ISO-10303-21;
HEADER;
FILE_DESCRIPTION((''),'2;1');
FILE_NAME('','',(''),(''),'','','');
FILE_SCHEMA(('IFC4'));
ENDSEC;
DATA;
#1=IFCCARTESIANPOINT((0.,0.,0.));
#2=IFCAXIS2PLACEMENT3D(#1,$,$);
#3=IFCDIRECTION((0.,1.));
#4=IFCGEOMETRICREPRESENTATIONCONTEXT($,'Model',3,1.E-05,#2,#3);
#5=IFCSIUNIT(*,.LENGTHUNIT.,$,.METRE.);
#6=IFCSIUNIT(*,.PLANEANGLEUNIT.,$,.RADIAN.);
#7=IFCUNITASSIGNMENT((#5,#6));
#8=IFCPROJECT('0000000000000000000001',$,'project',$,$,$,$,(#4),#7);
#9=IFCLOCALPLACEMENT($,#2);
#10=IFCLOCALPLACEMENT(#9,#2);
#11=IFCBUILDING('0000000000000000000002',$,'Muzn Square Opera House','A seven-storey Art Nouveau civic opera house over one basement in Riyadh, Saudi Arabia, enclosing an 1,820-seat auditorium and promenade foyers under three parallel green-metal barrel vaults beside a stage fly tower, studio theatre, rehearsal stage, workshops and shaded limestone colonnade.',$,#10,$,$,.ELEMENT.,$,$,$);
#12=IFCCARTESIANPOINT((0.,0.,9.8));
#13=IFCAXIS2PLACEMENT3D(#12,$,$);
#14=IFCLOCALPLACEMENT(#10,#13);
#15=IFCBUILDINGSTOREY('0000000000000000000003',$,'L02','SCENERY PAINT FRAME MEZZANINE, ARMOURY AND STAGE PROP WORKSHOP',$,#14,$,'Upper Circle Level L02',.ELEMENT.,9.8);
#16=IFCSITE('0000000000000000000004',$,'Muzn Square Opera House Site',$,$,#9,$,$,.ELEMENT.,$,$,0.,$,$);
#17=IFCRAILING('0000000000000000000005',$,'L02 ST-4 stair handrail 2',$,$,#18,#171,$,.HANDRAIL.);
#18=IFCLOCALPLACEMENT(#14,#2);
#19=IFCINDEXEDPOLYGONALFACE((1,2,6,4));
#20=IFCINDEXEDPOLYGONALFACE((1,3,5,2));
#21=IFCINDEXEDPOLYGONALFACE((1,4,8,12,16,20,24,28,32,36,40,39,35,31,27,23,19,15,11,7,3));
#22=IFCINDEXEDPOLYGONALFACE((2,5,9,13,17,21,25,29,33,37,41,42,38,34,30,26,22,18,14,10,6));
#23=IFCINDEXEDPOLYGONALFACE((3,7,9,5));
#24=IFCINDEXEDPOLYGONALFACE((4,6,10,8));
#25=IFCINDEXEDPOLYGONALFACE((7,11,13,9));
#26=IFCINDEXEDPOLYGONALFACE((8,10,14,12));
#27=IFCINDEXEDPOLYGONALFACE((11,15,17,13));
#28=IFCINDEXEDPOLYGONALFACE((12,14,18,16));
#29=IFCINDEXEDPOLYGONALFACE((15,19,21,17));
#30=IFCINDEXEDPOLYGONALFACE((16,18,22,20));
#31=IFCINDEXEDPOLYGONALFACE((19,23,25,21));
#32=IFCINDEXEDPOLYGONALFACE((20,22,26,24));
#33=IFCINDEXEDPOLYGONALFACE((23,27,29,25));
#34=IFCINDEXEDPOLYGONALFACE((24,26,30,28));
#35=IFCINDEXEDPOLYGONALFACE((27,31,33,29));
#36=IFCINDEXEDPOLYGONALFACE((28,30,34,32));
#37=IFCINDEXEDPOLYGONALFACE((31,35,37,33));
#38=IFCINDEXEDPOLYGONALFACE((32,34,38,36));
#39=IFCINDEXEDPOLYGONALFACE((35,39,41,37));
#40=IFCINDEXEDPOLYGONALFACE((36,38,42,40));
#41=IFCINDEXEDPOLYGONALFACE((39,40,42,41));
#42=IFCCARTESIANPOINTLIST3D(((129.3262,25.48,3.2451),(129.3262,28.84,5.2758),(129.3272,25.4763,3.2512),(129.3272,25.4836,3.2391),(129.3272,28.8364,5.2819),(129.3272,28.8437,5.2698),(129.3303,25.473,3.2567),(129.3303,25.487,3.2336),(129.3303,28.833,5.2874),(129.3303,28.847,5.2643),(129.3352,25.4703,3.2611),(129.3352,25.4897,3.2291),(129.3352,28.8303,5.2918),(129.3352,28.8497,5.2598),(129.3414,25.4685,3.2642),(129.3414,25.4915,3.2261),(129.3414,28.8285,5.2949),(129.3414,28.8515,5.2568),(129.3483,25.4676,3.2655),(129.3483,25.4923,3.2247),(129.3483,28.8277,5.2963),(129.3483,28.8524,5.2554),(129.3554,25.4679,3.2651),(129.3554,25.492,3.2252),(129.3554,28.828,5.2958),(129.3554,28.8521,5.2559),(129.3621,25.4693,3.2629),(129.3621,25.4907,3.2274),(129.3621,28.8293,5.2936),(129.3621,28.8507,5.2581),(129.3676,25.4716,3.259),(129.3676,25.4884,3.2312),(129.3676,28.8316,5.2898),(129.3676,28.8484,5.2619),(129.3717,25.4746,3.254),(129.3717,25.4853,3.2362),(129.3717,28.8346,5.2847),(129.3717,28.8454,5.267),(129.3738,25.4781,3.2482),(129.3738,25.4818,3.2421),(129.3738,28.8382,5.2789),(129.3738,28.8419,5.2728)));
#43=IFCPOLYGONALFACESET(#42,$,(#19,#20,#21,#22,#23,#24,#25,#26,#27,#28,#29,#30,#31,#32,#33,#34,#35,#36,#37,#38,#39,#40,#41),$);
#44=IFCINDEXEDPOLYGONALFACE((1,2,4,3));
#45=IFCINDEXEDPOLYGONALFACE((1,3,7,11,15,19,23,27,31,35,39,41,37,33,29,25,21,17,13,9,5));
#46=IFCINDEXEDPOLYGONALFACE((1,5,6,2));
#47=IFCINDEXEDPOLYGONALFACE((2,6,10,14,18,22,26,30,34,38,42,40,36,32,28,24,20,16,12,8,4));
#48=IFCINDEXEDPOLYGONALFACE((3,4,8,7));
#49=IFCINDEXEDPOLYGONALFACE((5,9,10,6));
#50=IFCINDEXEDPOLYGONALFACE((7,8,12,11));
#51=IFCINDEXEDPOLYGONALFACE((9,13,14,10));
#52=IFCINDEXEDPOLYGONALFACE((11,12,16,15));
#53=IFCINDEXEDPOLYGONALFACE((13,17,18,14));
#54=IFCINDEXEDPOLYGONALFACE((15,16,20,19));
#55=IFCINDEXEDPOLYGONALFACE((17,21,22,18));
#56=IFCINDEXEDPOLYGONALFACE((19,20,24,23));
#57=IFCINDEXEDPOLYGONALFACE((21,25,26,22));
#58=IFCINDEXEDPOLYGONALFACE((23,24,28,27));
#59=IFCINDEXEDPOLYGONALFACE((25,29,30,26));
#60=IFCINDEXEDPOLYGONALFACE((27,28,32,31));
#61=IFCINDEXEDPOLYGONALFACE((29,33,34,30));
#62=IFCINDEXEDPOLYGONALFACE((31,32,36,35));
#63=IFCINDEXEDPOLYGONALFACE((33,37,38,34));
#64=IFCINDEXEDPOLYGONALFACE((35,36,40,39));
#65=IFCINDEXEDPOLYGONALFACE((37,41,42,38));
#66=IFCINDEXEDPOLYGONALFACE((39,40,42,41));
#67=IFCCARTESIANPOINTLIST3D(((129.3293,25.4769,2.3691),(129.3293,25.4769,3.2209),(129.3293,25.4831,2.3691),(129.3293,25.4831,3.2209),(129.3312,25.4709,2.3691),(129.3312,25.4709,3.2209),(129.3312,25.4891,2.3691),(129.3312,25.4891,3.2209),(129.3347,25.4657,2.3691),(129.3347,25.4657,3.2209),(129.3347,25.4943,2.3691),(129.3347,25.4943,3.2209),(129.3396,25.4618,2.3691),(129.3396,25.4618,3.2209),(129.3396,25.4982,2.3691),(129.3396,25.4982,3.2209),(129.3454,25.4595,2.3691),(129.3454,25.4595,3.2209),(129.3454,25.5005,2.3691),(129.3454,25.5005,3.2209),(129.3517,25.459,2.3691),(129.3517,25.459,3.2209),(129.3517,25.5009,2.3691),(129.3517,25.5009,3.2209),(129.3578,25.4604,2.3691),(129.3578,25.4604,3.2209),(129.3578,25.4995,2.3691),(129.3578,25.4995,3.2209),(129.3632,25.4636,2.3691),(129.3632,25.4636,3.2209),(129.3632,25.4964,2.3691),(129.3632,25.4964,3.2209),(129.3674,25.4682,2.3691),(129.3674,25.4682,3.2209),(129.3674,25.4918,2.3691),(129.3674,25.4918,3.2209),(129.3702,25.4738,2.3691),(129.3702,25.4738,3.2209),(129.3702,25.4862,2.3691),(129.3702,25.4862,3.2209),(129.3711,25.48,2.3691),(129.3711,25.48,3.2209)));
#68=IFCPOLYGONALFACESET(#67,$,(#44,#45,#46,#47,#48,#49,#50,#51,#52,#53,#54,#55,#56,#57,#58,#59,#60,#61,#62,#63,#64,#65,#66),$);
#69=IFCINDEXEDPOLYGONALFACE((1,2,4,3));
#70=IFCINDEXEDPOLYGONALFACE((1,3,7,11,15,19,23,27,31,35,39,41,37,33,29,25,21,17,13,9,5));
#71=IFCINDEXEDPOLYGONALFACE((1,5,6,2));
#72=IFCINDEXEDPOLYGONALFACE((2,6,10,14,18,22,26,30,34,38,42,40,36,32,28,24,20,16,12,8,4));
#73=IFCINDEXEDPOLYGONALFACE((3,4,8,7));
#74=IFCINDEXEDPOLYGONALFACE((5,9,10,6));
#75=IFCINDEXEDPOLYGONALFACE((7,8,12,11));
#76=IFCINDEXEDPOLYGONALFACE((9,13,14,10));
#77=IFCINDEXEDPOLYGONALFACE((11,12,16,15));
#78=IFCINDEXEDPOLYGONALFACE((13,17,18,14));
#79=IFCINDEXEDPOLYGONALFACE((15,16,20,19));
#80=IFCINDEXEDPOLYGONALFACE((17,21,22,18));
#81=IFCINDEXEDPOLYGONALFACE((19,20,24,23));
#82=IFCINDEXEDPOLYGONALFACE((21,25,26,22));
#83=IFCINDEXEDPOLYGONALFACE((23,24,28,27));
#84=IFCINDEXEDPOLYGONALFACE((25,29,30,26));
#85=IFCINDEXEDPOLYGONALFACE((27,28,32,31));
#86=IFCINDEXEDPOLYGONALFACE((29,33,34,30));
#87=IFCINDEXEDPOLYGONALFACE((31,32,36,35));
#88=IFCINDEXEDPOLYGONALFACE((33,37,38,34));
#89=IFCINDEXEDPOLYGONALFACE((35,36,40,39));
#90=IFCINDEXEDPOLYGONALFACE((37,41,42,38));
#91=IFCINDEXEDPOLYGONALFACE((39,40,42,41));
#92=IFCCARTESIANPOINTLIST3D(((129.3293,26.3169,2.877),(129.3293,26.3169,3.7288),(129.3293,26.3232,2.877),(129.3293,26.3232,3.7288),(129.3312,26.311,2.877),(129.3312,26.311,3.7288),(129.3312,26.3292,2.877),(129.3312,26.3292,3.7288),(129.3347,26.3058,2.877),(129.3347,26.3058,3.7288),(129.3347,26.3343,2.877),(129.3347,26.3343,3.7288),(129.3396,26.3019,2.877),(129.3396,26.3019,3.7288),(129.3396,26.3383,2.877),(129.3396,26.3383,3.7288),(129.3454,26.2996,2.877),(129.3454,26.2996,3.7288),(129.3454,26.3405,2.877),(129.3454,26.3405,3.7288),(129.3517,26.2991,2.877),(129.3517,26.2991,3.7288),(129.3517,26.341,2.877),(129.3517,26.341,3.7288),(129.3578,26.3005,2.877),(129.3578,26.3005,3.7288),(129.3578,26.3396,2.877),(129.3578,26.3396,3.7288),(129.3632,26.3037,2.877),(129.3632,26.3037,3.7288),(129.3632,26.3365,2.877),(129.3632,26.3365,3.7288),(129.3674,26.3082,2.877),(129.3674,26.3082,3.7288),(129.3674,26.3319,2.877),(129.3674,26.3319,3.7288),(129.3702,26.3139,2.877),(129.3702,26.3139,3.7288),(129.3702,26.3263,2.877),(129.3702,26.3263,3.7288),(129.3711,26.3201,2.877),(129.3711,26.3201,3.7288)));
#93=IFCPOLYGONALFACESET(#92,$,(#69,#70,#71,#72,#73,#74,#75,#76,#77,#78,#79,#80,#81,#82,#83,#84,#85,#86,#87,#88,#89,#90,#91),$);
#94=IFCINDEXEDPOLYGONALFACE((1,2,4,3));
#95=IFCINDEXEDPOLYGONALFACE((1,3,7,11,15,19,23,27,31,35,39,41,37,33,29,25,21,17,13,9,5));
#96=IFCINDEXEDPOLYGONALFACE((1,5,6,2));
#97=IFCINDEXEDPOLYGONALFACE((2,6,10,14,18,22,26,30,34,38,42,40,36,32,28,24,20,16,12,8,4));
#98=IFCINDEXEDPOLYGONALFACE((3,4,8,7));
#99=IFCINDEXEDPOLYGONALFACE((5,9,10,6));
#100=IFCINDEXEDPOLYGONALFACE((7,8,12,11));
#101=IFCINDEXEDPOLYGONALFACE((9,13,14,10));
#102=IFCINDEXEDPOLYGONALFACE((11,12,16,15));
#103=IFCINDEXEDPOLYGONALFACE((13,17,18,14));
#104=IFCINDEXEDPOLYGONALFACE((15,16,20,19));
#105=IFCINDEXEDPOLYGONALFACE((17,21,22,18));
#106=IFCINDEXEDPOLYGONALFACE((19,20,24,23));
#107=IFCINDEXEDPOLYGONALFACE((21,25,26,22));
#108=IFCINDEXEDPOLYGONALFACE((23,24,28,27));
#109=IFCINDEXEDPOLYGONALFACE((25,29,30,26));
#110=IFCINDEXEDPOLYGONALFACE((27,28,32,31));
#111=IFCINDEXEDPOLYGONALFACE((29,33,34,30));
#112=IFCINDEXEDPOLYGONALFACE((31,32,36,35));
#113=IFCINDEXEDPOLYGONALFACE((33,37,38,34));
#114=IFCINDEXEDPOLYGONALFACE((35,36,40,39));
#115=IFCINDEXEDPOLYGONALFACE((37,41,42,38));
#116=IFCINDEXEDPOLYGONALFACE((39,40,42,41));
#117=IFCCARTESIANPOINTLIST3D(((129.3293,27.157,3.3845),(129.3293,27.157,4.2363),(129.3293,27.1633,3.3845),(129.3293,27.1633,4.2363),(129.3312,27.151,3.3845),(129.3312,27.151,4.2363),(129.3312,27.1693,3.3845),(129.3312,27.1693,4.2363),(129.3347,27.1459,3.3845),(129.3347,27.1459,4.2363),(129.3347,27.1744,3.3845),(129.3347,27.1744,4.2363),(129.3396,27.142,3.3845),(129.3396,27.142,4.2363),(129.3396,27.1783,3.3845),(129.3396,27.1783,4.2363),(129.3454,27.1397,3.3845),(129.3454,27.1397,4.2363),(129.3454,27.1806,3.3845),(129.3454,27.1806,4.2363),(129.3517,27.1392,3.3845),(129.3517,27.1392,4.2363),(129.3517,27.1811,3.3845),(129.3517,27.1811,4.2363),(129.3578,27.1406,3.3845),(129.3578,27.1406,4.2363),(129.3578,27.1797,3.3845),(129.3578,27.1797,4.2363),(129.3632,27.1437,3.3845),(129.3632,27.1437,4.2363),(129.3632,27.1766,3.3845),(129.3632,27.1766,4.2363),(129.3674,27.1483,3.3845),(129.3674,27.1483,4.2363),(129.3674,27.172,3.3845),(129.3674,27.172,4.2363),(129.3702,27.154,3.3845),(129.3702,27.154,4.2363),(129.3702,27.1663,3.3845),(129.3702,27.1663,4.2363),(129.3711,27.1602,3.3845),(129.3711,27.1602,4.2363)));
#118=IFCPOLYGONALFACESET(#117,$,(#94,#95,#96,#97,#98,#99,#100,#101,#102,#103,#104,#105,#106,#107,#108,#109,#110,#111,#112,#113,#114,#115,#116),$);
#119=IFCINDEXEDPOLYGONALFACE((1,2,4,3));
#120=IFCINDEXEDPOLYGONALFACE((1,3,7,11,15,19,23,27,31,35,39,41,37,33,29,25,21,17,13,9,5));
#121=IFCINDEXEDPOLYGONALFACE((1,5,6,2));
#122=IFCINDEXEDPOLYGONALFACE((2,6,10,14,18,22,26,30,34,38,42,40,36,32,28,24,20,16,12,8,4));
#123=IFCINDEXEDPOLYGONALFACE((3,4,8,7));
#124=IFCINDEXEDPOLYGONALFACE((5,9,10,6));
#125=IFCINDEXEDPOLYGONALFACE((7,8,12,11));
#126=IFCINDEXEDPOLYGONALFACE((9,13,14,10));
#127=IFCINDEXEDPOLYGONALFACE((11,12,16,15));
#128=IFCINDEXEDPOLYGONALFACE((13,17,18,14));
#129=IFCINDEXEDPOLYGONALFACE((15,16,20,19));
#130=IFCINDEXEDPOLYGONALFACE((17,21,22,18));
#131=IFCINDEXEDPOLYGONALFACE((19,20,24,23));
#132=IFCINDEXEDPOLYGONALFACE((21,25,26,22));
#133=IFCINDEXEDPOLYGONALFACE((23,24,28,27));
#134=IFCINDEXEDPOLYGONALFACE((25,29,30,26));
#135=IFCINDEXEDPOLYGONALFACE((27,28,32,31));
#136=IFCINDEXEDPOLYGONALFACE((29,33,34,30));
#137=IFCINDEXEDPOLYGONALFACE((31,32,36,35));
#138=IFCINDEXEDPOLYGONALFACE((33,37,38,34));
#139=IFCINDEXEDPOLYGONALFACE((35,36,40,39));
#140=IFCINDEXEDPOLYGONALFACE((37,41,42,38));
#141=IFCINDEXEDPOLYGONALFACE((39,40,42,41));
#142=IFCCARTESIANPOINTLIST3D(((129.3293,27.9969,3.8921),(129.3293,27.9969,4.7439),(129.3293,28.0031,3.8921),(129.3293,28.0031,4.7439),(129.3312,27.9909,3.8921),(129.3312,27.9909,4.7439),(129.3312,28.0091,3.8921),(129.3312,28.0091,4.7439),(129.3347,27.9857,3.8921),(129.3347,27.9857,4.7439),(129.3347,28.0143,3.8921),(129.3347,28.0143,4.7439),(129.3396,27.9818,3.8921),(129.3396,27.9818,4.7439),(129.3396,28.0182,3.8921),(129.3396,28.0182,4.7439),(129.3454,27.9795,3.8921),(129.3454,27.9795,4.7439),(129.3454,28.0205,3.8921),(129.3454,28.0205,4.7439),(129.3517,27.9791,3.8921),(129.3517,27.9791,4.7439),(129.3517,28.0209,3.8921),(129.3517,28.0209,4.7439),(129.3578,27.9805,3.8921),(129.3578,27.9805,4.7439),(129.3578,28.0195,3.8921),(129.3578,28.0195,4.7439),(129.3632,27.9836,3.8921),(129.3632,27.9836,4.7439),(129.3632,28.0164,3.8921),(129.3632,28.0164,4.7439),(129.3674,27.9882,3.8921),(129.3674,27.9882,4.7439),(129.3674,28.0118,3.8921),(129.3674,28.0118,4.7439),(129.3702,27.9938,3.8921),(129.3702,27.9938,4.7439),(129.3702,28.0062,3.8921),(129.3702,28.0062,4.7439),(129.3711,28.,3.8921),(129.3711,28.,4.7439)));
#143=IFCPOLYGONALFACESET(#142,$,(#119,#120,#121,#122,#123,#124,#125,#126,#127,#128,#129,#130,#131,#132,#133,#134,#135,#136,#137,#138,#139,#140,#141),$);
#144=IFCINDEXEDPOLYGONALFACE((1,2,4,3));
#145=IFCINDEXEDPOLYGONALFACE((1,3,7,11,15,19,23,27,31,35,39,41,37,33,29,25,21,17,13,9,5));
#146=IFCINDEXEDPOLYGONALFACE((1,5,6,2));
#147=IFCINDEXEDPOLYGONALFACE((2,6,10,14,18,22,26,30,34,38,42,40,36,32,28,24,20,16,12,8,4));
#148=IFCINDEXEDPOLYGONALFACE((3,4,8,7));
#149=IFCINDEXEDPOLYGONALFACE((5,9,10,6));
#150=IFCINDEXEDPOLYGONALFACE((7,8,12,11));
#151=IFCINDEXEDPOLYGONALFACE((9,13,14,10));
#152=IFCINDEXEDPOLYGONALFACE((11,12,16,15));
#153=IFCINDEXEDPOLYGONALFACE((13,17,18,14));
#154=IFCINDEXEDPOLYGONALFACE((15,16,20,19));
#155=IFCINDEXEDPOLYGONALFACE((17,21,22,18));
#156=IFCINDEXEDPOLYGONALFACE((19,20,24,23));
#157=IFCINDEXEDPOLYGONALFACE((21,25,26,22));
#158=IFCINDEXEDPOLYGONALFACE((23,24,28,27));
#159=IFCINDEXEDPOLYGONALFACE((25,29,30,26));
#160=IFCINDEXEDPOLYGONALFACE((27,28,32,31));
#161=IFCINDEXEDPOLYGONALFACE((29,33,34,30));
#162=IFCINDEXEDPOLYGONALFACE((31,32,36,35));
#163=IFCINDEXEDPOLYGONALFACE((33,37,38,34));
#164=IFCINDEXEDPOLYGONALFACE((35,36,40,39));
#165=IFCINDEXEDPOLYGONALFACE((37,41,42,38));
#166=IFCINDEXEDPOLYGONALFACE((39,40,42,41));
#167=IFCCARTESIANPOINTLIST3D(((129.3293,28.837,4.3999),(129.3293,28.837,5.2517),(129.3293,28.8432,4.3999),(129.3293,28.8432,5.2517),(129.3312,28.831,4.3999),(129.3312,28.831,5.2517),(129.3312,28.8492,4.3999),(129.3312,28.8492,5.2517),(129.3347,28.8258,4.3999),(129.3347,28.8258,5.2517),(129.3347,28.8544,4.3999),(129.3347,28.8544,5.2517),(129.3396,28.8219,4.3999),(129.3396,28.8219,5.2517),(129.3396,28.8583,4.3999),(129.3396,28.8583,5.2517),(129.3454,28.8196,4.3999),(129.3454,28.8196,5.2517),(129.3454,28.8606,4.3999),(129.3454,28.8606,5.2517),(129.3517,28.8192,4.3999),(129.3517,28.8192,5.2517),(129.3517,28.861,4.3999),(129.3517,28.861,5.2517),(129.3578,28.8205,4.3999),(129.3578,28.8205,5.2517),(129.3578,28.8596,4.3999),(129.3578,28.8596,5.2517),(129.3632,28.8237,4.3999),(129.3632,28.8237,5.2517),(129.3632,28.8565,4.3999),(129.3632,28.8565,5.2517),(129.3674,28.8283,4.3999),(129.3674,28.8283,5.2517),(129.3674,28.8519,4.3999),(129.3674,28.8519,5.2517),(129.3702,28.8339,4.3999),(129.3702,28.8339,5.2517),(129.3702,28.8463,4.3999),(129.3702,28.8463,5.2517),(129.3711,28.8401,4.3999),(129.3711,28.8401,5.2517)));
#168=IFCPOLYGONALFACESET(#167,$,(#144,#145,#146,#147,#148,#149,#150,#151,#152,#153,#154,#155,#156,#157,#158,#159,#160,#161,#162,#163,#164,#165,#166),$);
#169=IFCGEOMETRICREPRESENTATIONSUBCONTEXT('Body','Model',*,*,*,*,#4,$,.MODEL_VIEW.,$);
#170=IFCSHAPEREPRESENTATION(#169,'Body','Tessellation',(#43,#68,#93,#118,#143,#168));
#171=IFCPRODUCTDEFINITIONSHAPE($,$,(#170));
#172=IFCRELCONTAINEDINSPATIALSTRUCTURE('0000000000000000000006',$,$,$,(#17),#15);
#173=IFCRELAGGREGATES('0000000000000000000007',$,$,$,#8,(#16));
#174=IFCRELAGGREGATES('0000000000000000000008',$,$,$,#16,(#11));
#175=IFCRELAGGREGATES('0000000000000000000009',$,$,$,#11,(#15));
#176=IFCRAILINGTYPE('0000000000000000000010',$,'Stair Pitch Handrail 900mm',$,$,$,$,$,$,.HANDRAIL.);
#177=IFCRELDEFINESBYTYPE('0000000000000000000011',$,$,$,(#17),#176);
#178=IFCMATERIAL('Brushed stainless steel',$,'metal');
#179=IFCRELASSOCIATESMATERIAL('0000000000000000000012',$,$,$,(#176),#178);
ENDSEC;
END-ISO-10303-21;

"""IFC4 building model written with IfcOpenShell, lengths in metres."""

from ifc_helpers import new_model, si_unit, direction, frame, origin, origin_2d, place, context, subcontext, project, spatial, circle, extrude, material, type_object, element, save


model = new_model("IFC4")

# Units and contexts
model_context = context("Model", 3, precision=1e-05, world=origin(), true_north=direction((0.0, 1.0)))
body_context = subcontext(model_context, "Body", "Model", "MODEL_VIEW")
ifc_project = project(units=[si_unit("LENGTHUNIT", "METRE"), si_unit("PLANEANGLEUNIT", "RADIAN")], contexts=[model_context])

# Site, building, storey
site_placement = place(None, origin())
site = spatial("IfcSite", under=ifc_project, at=site_placement, Name="Muzn Square Opera House Site", CompositionType="ELEMENT", RefElevation=0.0)
building_placement = place(site_placement, origin())
building = spatial("IfcBuilding", under=site, at=building_placement, Name="Muzn Square Opera House", Description="A seven-storey Art Nouveau civic opera house over one basement in Riyadh, Saudi Arabia, enclosing an 1,820-seat auditorium and promenade foyers under three parallel green-metal barrel vaults beside a stage fly tower, studio theatre, rehearsal stage, workshops and shaded limestone colonnade.", CompositionType="ELEMENT")
storey_placement = place(building_placement, frame((0.0, 0.0, 9.8)))
storey = spatial("IfcBuildingStorey", under=building, at=storey_placement, Name="L02", Description="SCENERY PAINT FRAME MEZZANINE, ARMOURY AND STAGE PROP WORKSHOP", LongName="Upper Circle Level L02", CompositionType="ELEMENT", Elevation=9.8)

# Shared definitions
ifc_material_1 = material(Name="Brushed stainless steel", Category="metal")

# Railing
railing_type_1 = type_object("IfcRailingType", Name="Stair Pitch Handrail 900mm", PredefinedType="HANDRAIL", material=ifc_material_1)
railing_1_placement = place(storey_placement, frame((129.3501, 25.48, 2.3691)))
element("IfcRailing", 1, at=railing_1_placement, inside=storey, type_object=railing_type_1, Name="L02 ST-4 stair handrail 2", PredefinedType="HANDRAIL", context=body_context, shape_type="SweptSolid", body=[
    extrude(circle(Radius=0.0239, at=origin_2d()), frame((0.0, 0.0, 0.876), z_axis=(0.0, 0.855837, 0.517246), x_axis=(-1.0, 0.0, 0.0)), (0.0, 0.0, 1.0), 3.926),
    extrude(circle(Radius=0.021, at=origin_2d()), origin(), (0.0, 0.0, 1.0), 0.8518),
    extrude(circle(Radius=0.021, at=origin_2d()), frame((0.0, 0.8401, 0.5078)), (0.0, 0.0, 1.0), 0.8518),
    extrude(circle(Radius=0.021, at=origin_2d()), frame((0.0, 1.6802, 1.0154)), (0.0, 0.0, 1.0), 0.8518),
    extrude(circle(Radius=0.021, at=origin_2d()), frame((0.0, 2.52, 1.5229)), (0.0, 0.0, 1.0), 0.8518),
    extrude(circle(Radius=0.021, at=origin_2d()), frame((0.0, 3.3601, 2.0308)), (0.0, 0.0, 1.0), 0.8518),
])

save(model, "model.ifc")
